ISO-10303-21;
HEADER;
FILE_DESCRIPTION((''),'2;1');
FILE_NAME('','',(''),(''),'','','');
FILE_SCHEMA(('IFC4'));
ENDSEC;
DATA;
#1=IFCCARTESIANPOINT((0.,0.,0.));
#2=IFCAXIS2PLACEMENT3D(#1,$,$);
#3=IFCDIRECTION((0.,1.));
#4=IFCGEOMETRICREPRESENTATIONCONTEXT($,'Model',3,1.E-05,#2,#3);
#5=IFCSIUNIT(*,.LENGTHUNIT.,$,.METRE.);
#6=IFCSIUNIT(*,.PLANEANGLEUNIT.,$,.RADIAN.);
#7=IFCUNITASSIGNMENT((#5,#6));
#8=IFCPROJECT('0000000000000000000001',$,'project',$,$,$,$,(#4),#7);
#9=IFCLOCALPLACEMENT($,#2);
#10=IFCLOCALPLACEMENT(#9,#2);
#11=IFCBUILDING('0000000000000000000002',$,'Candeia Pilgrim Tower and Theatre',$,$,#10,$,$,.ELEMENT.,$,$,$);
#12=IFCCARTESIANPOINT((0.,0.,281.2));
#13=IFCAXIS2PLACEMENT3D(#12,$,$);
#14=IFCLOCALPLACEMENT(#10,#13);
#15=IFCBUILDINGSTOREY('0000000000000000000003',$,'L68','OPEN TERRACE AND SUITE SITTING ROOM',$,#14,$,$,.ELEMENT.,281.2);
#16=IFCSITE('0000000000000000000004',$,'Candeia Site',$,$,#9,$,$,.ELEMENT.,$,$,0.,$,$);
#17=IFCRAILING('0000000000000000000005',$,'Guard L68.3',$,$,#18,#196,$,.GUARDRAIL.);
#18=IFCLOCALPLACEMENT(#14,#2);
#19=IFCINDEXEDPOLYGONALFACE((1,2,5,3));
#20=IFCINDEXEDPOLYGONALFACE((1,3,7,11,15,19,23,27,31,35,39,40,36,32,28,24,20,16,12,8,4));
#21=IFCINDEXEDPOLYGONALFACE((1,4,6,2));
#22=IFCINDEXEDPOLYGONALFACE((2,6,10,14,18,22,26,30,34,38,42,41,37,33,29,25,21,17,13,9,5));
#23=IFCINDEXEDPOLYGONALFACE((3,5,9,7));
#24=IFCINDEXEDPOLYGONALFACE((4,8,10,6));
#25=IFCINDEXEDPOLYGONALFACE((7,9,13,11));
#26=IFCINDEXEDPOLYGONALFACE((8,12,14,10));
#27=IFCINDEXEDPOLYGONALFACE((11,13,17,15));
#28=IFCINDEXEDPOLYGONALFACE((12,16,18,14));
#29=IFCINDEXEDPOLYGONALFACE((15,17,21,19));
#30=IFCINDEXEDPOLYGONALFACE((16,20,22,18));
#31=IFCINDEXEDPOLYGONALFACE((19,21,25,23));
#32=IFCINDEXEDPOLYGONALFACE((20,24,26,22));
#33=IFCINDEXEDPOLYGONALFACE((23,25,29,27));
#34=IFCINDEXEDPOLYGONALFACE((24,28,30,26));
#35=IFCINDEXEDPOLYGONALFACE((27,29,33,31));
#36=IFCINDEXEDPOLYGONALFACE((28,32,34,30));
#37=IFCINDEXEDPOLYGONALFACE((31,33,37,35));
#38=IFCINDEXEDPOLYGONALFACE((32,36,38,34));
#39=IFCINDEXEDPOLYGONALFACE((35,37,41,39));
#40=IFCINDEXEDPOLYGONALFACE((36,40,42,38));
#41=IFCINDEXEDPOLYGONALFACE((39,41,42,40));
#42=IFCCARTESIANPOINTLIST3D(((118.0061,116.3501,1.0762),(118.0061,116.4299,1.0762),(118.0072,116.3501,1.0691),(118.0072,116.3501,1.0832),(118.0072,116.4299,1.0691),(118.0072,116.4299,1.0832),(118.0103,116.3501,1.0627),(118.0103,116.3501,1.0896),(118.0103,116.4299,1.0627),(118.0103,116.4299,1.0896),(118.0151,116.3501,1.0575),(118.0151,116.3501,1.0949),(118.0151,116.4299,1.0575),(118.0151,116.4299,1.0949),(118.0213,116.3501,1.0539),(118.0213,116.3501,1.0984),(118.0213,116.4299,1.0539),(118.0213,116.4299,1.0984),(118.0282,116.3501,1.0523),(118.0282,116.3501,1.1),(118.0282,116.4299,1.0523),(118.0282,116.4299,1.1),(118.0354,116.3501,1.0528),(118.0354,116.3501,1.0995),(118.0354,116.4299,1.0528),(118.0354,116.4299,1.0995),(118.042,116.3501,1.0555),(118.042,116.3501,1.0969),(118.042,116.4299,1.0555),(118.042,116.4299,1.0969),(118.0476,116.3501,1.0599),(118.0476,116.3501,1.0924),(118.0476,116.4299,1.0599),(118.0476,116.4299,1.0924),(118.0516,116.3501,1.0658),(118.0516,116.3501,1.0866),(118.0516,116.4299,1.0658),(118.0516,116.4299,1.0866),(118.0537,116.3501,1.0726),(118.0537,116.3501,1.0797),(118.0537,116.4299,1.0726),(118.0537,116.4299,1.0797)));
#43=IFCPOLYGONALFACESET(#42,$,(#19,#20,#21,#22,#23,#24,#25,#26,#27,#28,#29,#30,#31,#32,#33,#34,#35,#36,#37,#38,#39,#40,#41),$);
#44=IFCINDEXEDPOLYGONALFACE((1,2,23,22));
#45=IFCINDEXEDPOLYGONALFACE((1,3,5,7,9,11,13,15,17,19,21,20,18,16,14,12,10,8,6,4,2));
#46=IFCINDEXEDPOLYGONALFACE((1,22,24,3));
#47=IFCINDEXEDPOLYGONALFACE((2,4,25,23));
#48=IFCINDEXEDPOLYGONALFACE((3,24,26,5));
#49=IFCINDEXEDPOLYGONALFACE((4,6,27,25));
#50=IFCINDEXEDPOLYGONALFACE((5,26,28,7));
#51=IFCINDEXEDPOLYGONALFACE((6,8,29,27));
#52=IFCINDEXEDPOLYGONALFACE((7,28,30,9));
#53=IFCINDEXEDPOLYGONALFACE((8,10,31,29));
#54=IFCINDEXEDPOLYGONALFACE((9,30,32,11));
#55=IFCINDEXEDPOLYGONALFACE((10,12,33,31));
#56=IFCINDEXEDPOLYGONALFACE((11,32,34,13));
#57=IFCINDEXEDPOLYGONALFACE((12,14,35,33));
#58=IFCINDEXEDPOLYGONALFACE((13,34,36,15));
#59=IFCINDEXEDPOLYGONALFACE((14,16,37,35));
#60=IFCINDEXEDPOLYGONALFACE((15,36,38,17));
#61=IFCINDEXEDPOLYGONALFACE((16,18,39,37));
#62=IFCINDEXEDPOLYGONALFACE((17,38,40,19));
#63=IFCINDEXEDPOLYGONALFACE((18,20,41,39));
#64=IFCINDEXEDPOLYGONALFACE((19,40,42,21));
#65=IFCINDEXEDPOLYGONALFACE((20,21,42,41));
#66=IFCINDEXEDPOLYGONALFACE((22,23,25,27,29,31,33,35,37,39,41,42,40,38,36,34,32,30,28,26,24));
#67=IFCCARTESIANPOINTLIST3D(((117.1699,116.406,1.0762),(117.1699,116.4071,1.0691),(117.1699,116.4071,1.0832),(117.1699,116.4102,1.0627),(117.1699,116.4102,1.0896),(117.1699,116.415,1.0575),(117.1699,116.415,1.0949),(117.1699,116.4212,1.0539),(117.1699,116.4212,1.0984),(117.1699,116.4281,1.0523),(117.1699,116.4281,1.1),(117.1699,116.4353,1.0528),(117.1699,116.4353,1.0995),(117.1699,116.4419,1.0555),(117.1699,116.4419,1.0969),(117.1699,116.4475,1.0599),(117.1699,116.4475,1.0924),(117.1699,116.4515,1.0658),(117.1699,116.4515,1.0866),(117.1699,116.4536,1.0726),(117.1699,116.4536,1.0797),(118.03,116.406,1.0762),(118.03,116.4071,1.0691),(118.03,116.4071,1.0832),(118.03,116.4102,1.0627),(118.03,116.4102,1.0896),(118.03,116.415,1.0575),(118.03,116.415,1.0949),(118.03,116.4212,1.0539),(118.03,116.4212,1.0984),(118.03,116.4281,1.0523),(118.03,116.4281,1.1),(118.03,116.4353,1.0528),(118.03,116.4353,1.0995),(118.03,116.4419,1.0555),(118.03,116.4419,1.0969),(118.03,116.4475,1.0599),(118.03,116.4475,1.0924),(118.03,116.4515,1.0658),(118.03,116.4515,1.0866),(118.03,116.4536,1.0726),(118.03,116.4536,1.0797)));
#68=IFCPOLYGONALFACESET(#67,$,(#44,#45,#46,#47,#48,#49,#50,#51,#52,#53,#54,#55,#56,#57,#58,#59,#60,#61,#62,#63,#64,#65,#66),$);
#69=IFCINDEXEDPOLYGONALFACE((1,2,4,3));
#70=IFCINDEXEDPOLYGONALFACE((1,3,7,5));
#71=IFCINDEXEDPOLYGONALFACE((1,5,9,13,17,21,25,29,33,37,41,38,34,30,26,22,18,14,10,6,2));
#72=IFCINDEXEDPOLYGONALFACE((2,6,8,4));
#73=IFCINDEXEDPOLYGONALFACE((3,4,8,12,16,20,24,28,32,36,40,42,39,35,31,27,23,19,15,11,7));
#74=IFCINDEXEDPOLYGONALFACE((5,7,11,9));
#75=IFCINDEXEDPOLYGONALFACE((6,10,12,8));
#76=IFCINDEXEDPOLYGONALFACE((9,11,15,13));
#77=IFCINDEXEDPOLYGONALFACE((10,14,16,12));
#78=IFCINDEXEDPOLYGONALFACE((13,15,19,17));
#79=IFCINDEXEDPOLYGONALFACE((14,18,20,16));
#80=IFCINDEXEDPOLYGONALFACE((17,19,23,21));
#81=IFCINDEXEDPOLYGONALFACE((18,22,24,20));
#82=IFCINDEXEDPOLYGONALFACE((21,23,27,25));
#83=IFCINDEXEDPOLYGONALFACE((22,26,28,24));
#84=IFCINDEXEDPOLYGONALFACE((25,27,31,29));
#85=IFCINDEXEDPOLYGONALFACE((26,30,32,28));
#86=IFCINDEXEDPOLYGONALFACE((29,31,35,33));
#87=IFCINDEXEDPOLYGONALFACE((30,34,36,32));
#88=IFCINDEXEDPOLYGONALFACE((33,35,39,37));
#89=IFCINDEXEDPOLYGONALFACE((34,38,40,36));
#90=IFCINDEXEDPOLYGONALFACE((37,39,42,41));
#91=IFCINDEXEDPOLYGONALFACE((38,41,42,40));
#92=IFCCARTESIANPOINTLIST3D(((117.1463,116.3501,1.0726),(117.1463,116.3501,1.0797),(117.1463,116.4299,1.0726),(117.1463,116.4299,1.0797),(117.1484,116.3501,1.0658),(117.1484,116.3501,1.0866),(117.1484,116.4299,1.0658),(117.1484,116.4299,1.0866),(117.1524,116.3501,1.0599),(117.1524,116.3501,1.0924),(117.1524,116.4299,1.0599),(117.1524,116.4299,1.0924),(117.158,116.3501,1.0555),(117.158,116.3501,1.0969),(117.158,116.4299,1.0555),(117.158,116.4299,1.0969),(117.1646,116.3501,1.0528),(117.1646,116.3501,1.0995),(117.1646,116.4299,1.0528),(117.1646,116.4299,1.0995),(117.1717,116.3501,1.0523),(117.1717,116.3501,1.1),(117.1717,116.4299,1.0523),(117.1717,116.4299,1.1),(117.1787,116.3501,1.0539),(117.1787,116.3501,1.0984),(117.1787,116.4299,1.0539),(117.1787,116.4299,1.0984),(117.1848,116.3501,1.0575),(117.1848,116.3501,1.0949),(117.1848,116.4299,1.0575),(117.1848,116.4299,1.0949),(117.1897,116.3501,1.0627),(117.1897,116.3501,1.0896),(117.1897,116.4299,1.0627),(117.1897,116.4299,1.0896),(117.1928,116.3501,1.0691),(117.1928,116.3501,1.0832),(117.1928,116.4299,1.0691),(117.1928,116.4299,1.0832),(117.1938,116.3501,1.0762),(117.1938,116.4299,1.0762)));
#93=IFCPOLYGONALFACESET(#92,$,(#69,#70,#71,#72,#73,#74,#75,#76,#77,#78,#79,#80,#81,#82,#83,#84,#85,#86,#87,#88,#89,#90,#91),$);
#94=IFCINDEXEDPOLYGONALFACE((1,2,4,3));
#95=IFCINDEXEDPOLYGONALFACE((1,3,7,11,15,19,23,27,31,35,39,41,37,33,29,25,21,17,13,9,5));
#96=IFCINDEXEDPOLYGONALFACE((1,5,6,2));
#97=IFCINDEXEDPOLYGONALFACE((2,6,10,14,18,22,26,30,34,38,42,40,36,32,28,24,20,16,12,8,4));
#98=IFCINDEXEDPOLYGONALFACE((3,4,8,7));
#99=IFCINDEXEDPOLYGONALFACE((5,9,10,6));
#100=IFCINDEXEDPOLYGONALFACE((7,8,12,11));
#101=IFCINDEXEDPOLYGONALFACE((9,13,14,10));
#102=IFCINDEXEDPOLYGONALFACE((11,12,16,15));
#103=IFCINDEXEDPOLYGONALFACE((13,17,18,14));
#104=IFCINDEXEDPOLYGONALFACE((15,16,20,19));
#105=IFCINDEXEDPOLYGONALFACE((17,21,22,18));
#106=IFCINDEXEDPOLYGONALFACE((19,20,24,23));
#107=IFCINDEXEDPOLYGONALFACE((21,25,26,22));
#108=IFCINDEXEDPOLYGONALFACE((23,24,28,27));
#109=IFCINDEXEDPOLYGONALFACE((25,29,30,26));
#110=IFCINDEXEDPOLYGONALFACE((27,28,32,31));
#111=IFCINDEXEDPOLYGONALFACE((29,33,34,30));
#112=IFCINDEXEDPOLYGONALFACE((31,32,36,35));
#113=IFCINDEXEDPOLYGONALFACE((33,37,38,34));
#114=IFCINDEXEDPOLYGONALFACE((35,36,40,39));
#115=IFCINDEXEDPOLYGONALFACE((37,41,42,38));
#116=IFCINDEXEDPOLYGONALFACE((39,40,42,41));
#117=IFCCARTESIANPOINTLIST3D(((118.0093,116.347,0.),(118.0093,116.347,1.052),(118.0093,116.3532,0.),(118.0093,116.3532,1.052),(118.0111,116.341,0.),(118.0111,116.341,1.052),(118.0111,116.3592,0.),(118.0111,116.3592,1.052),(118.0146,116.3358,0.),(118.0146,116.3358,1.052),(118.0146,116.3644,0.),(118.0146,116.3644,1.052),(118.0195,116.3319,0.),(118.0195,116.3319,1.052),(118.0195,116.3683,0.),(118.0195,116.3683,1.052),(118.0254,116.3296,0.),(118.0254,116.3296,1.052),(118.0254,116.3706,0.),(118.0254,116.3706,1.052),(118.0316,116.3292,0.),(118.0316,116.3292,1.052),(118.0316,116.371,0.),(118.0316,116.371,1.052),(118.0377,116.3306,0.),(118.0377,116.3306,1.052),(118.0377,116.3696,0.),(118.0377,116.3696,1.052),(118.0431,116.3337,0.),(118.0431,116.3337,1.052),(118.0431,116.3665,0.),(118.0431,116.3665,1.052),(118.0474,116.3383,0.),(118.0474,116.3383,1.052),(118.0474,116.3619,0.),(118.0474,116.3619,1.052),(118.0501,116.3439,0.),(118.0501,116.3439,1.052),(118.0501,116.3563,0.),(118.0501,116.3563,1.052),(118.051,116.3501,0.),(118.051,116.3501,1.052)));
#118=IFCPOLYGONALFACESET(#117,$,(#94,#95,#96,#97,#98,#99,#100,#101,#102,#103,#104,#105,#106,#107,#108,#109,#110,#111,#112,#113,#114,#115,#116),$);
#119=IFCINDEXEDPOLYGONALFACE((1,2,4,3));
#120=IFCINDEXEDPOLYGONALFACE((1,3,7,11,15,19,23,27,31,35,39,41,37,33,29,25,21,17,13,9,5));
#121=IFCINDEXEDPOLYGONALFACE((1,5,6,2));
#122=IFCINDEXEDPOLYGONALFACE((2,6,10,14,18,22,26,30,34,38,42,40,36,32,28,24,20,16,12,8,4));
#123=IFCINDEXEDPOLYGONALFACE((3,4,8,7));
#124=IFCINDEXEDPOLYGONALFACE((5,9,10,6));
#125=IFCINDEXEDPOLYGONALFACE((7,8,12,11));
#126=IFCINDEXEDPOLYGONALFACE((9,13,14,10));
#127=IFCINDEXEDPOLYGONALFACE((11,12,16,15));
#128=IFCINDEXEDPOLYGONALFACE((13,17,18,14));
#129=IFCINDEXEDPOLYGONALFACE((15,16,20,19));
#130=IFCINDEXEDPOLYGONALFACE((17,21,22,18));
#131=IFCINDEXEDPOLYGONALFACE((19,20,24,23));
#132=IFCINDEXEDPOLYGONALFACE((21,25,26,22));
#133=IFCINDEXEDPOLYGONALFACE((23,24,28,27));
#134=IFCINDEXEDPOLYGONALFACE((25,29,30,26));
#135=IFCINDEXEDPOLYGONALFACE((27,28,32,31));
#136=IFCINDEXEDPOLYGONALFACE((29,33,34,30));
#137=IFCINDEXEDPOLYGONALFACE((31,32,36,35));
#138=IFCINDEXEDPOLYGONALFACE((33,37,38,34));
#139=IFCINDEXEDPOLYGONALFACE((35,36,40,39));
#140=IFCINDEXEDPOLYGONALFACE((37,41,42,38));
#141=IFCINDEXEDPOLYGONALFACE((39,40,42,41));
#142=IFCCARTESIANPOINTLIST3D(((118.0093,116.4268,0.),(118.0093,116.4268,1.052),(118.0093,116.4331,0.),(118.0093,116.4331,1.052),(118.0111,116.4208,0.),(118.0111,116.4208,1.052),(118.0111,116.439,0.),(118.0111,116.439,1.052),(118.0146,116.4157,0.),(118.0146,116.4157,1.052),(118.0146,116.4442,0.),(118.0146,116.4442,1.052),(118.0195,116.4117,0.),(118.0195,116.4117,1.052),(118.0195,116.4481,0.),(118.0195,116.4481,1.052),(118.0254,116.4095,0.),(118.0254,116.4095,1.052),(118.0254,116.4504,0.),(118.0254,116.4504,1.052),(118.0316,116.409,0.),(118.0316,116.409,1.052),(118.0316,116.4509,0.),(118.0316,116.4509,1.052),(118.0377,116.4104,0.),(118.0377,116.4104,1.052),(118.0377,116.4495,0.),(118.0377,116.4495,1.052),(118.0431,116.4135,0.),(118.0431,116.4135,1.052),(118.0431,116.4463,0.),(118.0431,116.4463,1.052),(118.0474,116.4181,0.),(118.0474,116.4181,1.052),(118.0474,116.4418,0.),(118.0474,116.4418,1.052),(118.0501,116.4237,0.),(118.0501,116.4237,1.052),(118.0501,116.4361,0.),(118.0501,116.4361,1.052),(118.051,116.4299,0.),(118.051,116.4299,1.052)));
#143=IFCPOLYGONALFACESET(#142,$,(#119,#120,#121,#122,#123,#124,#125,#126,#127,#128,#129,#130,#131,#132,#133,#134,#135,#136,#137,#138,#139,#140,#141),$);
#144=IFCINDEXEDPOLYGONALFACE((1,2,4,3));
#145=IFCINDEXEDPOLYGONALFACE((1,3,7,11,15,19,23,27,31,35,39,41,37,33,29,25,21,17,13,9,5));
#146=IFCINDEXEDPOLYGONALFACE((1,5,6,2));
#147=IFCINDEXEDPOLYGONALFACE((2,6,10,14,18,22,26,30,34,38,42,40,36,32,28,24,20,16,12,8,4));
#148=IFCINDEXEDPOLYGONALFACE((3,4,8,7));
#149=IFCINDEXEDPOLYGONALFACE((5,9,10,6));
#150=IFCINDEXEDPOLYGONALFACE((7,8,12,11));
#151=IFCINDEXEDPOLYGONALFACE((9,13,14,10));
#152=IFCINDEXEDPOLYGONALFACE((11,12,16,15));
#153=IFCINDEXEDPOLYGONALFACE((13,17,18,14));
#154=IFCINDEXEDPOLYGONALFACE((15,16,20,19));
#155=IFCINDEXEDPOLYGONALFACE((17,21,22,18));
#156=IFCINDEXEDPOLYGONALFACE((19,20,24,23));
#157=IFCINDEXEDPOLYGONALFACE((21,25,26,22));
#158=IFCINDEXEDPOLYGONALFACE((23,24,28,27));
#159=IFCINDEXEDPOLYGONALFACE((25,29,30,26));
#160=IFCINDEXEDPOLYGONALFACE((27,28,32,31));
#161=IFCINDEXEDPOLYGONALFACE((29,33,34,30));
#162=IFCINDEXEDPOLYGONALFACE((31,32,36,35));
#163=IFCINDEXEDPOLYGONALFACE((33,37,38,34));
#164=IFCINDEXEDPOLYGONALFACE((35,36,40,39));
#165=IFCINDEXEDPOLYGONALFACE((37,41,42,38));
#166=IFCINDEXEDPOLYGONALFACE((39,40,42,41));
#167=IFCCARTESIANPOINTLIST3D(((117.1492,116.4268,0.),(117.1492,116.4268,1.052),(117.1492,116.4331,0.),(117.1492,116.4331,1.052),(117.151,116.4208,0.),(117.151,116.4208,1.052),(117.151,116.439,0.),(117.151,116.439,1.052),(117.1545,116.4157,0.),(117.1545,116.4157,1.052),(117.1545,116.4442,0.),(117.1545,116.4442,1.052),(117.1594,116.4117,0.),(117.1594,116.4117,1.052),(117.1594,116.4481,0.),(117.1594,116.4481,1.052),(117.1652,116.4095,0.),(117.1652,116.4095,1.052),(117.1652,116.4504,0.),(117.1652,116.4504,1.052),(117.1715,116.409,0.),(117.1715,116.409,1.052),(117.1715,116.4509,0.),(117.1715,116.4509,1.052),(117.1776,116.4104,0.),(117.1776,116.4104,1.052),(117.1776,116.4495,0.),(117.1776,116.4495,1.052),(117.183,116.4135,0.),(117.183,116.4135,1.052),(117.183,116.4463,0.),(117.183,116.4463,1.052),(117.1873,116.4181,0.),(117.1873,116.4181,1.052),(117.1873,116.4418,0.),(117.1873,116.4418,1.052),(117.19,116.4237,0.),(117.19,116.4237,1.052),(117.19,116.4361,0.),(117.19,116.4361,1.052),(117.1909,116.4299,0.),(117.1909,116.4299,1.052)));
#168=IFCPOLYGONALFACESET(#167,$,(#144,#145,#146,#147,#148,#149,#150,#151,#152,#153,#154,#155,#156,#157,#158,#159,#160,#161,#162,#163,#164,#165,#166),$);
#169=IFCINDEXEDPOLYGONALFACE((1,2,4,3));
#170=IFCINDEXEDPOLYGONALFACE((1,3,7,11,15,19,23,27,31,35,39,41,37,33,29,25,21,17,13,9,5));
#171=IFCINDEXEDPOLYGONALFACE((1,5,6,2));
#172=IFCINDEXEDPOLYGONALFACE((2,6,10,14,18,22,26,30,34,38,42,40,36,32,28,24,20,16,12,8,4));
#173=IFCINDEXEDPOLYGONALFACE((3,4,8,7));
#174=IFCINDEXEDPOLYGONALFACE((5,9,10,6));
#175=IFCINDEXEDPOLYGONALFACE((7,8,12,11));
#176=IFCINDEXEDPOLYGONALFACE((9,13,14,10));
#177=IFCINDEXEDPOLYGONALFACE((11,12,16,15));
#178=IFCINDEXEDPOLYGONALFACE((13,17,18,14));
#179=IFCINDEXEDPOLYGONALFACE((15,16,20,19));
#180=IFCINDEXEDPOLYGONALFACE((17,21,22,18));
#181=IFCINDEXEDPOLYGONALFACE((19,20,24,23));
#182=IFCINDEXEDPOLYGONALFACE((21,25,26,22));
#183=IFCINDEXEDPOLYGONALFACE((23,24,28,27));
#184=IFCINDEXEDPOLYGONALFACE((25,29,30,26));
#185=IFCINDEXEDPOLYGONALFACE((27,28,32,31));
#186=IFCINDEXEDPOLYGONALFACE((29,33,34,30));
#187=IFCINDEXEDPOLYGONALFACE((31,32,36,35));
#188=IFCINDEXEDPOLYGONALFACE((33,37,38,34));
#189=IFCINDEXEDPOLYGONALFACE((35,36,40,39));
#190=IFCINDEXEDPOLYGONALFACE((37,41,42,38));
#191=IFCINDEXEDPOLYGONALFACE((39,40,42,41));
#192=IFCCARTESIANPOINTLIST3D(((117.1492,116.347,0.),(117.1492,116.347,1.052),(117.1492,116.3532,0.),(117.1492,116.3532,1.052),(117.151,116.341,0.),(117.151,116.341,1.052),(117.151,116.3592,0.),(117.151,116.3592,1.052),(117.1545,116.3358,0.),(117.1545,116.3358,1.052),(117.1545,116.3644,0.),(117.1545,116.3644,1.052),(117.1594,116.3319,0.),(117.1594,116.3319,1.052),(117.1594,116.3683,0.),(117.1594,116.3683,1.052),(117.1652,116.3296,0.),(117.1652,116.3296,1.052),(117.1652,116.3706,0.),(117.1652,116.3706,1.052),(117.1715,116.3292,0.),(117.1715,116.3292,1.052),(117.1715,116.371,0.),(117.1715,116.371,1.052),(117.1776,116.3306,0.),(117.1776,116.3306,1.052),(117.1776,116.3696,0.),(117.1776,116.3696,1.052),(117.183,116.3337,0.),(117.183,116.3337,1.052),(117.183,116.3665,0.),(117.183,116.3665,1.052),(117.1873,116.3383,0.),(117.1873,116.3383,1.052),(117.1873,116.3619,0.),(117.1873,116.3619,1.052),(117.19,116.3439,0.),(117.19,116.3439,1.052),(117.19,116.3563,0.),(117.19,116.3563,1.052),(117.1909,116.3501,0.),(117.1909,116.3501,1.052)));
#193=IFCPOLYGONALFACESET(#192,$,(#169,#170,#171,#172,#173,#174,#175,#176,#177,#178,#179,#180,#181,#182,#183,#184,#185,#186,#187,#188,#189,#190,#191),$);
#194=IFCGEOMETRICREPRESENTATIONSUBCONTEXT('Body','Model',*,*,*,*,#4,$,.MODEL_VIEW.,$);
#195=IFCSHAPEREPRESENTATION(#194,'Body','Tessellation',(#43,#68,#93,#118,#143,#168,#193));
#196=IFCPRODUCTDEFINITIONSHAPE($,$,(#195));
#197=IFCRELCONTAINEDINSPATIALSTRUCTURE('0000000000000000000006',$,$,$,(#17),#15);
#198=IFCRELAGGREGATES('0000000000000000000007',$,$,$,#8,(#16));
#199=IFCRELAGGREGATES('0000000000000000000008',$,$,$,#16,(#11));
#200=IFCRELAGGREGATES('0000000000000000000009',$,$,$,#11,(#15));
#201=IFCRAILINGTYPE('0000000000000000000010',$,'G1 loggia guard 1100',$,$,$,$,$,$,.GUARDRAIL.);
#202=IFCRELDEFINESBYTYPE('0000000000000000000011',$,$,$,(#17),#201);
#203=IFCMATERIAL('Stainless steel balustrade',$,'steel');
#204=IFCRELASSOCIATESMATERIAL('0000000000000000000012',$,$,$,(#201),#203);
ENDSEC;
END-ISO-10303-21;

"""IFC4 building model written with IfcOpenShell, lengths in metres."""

from ifc_helpers import new_model, si_unit, direction, frame, origin, origin_2d, place, context, subcontext, project, spatial, circle, extrude, material, type_object, element, save


model = new_model("IFC4")

# Units and contexts
model_context = context("Model", 3, precision=1e-05, world=origin(), true_north=direction((0.0, 1.0)))
body_context = subcontext(model_context, "Body", "Model", "MODEL_VIEW")
ifc_project = project(units=[si_unit("LENGTHUNIT", "METRE"), si_unit("PLANEANGLEUNIT", "RADIAN")], contexts=[model_context])

# Site, building, storey
site_placement = place(None, origin())
site = spatial("IfcSite", under=ifc_project, at=site_placement, Name="Candeia Site", CompositionType="ELEMENT", RefElevation=0.0)
building_placement = place(site_placement, origin())
building = spatial("IfcBuilding", under=site, at=building_placement, Name="Candeia Pilgrim Tower and Theatre", CompositionType="ELEMENT")
storey_placement = place(building_placement, frame((0.0, 0.0, 281.2)))
storey = spatial("IfcBuildingStorey", under=building, at=storey_placement, Name="L68", Description="OPEN TERRACE AND SUITE SITTING ROOM", CompositionType="ELEMENT", Elevation=281.2)

# Railing
ifc_material_1 = material(Name="Stainless steel balustrade", Category="steel")
railing_type = type_object("IfcRailingType", Name="G1 loggia guard 1100", PredefinedType="GUARDRAIL", material=ifc_material_1)
railing_1_placement = place(storey_placement, frame((118.03, 116.3501, 0.0)))
element("IfcRailing", 1, at=railing_1_placement, inside=storey, type_object=railing_type, Name="Guard L68.3", PredefinedType="GUARDRAIL", context=body_context, shape_type="SweptSolid", body=[
    extrude(circle(Radius=0.0239, at=origin_2d()), frame((0.0, 0.0, 1.0762), z_axis=(0.0, 1.0, 0.0), x_axis=(-1.0, 0.0, 0.0)), (0.0, 0.0, 1.0), 0.0798),
    extrude(circle(Radius=0.0239, at=origin_2d()), frame((0.0, 0.0798, 1.0762), z_axis=(-1.0, 0.0, 0.0), x_axis=(0.0, -1.0, 0.0)), (0.0, 0.0, 1.0), 0.8601),
    extrude(circle(Radius=0.0239, at=origin_2d()), frame((-0.8601, 0.0798, 1.0762), z_axis=(0.0, -1.0, 0.0), x_axis=(1.0, 0.0, 0.0)), (0.0, 0.0, 1.0), 0.0798),
    extrude(circle(Radius=0.021, at=origin_2d()), origin(), (0.0, 0.0, 1.0), 1.052),
    extrude(circle(Radius=0.021, at=origin_2d()), frame((0.0, 0.0798, 0.0)), (0.0, 0.0, 1.0), 1.052),
    extrude(circle(Radius=0.021, at=origin_2d()), frame((-0.8601, 0.0798, 0.0)), (0.0, 0.0, 1.0), 1.052),
    extrude(circle(Radius=0.021, at=origin_2d()), frame((-0.8601, 0.0, 0.0)), (0.0, 0.0, 1.0), 1.052),
])

save(model, "model.ifc")
